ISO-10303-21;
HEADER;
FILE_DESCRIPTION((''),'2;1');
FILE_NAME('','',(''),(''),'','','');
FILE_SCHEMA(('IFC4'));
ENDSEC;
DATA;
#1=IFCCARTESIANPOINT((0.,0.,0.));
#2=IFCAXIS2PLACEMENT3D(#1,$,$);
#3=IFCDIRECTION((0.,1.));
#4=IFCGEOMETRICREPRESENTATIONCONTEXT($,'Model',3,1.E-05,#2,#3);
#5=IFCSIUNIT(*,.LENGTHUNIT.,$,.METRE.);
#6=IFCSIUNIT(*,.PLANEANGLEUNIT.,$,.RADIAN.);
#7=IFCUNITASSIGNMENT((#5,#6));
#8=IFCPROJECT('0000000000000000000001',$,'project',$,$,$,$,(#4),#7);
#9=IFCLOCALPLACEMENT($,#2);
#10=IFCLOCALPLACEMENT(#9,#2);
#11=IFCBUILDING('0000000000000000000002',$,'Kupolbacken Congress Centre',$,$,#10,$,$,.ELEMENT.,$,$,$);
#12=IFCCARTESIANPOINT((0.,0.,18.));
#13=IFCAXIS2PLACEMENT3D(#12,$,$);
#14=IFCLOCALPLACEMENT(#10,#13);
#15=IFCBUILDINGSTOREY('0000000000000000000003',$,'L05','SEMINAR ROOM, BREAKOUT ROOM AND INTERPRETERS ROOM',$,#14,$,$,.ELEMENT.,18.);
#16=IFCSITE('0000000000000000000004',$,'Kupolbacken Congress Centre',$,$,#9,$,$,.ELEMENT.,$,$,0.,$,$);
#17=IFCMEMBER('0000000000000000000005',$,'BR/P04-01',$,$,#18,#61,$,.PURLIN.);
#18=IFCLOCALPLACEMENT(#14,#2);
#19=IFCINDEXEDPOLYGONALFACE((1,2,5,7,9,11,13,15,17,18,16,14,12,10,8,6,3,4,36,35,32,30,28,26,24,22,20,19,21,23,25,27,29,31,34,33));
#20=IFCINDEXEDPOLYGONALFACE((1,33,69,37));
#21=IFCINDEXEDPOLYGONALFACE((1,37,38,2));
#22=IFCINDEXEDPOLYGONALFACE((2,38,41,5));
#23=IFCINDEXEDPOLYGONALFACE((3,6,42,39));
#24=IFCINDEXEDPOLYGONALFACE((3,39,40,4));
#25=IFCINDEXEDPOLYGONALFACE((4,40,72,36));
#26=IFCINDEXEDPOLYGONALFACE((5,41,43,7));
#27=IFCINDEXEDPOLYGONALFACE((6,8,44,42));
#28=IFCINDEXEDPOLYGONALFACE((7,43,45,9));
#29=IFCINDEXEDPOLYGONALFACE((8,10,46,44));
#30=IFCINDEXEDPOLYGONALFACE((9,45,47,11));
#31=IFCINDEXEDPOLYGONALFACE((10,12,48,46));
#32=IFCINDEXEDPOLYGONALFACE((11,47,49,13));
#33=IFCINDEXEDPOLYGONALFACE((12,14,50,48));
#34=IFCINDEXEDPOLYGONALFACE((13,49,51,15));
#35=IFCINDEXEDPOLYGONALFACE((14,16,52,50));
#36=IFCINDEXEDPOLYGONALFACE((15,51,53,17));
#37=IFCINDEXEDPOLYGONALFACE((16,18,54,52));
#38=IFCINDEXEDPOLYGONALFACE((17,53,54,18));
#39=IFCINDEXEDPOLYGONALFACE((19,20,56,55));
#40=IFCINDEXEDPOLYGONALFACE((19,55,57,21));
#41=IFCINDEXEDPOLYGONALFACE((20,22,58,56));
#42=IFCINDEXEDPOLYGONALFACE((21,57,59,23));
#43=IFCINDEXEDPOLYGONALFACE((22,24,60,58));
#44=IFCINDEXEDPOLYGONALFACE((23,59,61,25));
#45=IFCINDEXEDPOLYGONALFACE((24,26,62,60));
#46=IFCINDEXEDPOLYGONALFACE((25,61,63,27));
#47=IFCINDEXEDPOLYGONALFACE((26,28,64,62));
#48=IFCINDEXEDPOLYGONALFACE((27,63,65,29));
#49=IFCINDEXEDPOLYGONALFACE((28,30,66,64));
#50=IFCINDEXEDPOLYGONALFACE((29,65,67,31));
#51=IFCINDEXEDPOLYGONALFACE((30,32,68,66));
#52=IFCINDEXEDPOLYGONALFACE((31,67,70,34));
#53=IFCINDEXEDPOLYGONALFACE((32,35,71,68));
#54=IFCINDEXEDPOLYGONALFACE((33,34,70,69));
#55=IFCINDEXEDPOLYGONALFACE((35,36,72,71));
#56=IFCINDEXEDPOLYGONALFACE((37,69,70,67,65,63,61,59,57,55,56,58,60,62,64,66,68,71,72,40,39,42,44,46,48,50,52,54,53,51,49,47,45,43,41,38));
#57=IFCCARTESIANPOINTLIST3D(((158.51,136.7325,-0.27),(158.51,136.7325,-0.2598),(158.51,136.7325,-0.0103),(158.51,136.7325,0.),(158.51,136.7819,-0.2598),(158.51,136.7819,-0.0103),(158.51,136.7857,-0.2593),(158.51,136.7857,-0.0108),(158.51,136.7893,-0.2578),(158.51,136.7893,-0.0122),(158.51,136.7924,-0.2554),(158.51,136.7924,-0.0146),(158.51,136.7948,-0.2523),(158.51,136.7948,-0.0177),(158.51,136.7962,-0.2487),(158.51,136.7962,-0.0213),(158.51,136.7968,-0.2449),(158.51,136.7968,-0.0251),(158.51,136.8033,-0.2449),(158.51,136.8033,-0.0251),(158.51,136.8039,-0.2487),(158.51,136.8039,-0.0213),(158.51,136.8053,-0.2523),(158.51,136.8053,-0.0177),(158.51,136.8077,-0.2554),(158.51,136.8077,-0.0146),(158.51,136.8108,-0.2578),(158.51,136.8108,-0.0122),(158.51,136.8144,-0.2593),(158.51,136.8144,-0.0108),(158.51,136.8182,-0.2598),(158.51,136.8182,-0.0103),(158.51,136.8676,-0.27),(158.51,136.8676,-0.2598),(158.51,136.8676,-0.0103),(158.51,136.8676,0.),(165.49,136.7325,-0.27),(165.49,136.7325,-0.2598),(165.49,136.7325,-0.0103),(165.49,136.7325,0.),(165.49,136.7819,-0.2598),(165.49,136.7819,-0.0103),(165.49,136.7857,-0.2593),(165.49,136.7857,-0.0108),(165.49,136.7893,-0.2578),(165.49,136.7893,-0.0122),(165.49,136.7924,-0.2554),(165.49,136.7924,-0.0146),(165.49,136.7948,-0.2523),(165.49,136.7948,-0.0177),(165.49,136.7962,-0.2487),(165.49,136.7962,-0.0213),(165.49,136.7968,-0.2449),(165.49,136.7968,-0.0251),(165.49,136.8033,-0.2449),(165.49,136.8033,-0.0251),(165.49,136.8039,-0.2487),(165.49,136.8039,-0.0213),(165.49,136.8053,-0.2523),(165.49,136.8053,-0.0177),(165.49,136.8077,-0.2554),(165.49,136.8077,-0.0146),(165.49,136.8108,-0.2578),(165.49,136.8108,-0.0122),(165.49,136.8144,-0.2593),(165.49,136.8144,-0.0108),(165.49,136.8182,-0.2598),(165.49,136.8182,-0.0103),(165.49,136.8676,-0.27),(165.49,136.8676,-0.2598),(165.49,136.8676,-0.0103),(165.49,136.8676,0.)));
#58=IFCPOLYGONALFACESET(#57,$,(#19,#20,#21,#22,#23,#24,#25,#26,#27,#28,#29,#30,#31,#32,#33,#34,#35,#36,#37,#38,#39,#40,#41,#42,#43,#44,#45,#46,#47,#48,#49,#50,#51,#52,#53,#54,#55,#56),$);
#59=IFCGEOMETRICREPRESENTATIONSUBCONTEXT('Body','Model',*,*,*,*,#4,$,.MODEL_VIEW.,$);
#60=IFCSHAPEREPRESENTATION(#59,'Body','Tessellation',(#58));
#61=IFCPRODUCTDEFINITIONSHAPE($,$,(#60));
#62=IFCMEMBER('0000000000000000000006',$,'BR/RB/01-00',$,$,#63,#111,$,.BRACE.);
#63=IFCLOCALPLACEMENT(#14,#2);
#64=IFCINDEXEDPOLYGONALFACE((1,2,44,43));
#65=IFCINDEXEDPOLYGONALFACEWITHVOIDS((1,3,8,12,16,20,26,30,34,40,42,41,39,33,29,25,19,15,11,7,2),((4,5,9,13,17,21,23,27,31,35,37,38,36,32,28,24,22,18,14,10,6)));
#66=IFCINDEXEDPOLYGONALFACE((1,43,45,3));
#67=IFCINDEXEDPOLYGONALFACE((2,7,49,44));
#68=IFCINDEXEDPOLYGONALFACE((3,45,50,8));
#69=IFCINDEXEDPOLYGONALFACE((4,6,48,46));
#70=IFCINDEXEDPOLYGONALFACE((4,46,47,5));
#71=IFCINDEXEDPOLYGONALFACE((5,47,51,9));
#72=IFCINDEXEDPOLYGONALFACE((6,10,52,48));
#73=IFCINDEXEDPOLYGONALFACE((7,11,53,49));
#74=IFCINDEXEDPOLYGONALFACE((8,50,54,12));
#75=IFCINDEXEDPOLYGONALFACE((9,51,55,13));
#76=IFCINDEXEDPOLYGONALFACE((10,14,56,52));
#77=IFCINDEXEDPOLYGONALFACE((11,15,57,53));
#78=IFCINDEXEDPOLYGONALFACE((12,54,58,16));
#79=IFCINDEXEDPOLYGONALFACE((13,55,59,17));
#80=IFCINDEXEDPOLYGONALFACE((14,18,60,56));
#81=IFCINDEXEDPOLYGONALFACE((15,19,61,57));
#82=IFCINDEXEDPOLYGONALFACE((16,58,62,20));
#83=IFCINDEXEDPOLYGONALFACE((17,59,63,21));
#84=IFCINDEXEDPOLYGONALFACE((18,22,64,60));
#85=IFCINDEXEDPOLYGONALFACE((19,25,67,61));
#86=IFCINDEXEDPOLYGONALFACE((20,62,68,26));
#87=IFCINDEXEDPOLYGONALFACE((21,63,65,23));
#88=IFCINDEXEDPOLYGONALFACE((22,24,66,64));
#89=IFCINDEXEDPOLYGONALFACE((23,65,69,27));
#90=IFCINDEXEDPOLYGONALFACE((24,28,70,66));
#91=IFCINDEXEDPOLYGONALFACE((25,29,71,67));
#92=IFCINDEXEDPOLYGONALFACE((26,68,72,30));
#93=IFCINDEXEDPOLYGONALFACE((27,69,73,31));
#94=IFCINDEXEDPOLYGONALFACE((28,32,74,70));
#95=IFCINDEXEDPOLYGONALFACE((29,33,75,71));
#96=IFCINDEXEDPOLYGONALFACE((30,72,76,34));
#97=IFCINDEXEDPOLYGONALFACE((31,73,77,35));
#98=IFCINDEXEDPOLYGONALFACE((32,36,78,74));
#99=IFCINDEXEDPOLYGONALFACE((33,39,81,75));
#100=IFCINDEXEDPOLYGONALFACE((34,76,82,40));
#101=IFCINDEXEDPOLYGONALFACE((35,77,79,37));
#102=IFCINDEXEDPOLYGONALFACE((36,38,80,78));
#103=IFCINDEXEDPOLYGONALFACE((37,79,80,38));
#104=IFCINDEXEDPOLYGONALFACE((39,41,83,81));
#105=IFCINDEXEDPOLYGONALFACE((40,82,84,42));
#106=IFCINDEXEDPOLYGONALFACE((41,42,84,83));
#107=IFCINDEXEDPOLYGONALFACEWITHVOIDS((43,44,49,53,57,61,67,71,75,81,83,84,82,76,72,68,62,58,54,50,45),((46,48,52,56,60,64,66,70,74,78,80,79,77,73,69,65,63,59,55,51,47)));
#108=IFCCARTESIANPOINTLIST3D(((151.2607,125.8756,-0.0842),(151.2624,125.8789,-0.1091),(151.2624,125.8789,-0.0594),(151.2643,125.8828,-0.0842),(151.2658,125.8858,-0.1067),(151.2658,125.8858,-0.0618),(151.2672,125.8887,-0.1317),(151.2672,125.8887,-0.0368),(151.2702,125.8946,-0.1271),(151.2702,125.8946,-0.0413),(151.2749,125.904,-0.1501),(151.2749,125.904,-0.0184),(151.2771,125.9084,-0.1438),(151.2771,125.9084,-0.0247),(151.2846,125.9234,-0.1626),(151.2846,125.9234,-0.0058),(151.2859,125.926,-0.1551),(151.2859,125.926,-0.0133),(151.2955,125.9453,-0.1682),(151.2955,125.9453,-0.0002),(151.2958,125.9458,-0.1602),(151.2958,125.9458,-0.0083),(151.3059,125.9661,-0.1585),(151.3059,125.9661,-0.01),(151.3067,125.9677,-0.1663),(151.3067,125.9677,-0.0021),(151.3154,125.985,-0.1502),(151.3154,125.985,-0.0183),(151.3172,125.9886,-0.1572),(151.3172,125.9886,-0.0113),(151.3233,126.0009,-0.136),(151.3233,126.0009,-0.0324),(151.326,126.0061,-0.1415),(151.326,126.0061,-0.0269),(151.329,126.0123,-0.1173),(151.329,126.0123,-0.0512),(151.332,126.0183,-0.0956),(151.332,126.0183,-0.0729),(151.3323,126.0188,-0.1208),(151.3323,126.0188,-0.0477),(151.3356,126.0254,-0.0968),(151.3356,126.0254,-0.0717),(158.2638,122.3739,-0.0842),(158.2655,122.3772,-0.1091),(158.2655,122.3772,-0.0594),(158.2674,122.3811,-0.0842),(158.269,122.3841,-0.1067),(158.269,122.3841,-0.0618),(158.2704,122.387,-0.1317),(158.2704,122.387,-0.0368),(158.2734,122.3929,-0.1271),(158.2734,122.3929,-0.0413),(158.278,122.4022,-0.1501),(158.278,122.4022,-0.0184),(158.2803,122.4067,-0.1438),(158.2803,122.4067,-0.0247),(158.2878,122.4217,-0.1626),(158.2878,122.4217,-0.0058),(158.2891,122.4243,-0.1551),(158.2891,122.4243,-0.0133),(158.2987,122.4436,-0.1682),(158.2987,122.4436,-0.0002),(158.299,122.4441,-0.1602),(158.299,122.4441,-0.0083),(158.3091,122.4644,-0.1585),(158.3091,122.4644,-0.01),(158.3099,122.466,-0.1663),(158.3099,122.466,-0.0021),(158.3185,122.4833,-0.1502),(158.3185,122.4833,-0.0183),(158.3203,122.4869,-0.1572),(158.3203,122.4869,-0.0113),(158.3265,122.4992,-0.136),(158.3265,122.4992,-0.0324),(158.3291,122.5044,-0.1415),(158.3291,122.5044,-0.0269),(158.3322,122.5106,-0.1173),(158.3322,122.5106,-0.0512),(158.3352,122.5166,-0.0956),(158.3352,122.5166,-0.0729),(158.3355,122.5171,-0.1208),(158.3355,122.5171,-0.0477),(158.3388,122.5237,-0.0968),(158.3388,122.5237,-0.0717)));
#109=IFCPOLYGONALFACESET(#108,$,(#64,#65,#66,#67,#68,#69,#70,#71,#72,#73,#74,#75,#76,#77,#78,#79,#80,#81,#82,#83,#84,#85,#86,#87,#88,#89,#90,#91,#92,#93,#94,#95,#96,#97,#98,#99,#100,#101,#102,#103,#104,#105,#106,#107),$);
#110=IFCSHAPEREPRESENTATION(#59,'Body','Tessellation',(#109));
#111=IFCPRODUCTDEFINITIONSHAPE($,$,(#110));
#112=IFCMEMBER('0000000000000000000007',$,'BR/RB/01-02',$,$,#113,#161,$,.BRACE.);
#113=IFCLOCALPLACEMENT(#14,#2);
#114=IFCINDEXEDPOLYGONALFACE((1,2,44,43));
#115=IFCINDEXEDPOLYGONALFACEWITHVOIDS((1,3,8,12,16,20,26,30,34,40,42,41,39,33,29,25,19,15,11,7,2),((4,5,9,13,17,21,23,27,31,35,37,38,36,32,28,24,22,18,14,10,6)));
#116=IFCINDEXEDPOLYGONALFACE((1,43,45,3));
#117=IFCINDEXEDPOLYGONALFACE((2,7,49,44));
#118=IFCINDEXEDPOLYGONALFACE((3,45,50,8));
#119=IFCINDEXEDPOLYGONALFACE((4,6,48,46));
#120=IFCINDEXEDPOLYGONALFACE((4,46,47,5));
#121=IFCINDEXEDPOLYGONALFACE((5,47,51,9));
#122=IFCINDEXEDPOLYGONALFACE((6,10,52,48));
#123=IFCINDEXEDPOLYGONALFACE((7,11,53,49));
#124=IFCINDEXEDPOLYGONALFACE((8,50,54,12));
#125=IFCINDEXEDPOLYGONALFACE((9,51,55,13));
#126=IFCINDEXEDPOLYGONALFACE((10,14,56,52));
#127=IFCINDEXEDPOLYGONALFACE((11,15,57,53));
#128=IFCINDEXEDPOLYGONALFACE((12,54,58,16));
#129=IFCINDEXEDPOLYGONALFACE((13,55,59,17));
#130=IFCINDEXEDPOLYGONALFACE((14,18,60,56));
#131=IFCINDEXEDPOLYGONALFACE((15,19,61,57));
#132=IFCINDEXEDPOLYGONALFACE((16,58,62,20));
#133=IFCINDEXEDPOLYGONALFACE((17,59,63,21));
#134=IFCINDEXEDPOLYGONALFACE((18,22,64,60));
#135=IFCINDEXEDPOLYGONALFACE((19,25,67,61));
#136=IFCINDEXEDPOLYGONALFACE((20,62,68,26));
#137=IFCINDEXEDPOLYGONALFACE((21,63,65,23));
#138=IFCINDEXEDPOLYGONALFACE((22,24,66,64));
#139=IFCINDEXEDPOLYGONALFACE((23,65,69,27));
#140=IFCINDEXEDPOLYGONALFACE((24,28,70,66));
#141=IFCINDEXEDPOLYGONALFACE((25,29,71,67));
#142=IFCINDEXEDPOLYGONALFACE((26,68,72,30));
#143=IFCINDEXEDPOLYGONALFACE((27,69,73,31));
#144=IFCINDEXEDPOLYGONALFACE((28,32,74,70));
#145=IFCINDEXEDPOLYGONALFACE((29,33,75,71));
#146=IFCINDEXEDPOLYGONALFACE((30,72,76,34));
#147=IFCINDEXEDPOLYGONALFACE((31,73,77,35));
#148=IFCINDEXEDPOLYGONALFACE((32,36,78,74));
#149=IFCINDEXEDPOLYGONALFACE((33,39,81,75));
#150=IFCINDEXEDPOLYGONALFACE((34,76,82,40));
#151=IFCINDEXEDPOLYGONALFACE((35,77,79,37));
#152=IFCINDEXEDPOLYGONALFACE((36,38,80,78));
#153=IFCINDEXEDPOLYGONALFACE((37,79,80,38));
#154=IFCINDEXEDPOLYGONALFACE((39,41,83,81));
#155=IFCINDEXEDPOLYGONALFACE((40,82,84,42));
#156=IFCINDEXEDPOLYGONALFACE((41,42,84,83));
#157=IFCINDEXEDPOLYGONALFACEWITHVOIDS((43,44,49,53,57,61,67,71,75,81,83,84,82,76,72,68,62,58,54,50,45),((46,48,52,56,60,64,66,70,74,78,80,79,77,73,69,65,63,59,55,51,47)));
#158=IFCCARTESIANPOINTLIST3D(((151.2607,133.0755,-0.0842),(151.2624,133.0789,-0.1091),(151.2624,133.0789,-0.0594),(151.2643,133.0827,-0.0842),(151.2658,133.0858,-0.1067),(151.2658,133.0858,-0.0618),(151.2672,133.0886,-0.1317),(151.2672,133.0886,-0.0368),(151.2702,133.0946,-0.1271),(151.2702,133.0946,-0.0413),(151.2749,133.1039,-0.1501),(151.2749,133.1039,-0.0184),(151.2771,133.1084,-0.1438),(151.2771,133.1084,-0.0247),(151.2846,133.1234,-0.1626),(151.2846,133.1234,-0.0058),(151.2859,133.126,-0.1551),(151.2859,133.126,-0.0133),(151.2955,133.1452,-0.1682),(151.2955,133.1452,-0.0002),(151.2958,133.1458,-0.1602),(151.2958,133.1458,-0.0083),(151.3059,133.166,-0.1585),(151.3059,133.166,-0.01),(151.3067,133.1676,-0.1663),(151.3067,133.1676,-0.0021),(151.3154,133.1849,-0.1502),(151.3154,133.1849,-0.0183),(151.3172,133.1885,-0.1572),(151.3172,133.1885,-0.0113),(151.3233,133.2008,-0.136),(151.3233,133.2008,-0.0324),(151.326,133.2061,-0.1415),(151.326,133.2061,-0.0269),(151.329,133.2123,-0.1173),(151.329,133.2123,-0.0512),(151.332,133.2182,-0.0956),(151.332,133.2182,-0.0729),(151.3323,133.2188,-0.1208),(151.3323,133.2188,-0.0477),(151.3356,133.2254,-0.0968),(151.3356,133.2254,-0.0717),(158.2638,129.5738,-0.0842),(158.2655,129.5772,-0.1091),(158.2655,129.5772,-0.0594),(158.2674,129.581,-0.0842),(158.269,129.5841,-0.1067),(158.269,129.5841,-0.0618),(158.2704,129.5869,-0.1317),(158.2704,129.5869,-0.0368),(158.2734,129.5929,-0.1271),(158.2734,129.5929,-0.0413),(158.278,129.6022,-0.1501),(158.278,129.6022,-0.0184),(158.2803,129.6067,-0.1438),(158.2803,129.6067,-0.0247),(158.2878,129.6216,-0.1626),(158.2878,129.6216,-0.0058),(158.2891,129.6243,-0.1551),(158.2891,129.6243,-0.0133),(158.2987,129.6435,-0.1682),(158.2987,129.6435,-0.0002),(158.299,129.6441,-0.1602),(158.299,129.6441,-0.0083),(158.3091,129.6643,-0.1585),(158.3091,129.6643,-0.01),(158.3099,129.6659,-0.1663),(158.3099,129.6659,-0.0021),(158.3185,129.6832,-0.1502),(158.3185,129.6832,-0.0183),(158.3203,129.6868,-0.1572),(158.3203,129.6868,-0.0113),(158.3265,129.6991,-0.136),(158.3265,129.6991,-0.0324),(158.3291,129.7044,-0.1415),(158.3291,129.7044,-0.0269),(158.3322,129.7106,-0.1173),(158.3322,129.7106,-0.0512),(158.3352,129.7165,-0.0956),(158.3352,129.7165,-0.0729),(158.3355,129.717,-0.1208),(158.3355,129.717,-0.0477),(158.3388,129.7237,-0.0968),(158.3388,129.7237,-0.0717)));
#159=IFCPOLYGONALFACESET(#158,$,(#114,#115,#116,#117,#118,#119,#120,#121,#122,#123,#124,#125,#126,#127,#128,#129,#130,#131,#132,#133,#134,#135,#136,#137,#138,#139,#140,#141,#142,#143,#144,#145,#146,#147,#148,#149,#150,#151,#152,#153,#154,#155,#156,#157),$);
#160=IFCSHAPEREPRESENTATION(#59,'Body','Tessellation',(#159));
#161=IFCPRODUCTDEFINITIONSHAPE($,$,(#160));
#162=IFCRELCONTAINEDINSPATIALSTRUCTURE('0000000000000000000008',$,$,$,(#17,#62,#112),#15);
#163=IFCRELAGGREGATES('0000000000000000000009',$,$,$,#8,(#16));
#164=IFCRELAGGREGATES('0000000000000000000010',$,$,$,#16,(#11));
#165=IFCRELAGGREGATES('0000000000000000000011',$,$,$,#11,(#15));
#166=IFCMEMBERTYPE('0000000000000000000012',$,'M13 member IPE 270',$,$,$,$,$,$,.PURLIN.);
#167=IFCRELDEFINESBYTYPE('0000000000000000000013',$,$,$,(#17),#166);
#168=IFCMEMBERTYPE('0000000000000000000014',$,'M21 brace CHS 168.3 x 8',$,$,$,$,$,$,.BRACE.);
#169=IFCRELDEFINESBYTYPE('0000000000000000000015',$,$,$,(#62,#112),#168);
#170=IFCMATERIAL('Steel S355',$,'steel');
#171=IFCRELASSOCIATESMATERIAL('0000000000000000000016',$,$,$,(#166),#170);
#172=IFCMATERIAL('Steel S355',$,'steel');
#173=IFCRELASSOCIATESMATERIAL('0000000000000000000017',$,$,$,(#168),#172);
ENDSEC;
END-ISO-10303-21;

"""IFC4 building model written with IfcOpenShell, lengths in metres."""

from ifc_helpers import new_model, si_unit, direction, frame, origin, origin_2d, place, context, subcontext, project, spatial, hollow_circle, i_section, extrude, material, material_profile, profile_set, type_object, element, save


model = new_model("IFC4")

# Units and contexts
model_context = context("Model", 3, precision=1e-05, world=origin(), true_north=direction((0.0, 1.0)))
body_context = subcontext(model_context, "Body", "Model", "MODEL_VIEW")
ifc_project = project(units=[si_unit("LENGTHUNIT", "METRE"), si_unit("PLANEANGLEUNIT", "RADIAN")], contexts=[model_context])

# Site, building, storey
site_placement = place(None, origin())
site = spatial("IfcSite", under=ifc_project, at=site_placement, Name="Kupolbacken Congress Centre", CompositionType="ELEMENT", RefElevation=0.0)
building_placement = place(site_placement, origin())
building = spatial("IfcBuilding", under=site, at=building_placement, Name="Kupolbacken Congress Centre", CompositionType="ELEMENT")
storey_placement = place(building_placement, frame((0.0, 0.0, 18.0)))
storey = spatial("IfcBuildingStorey", under=building, at=storey_placement, Name="L05", Description="SEMINAR ROOM, BREAKOUT ROOM AND INTERPRETERS ROOM", CompositionType="ELEMENT", Elevation=18.0)

# Members
ifc_material_1 = material(Name="Steel S355", Category="steel")
ifc_material_profile_1 = material_profile(ifc_material_1, i_section(OverallWidth=0.135, OverallDepth=0.27, WebThickness=0.0066, FlangeThickness=0.0103, FilletRadius=0.0149, at=origin_2d()), Name="IPE 270")
ifc_profile_set_1 = profile_set([ifc_material_profile_1], Name="Steel S355")
member_type_1 = type_object("IfcMemberType", Name="M13 member IPE 270", PredefinedType="PURLIN", material=ifc_profile_set_1)
for number, where, z_axis, x_axis, name in (
    (1, (158.51, 136.8, -0.135), (1.0, 0.0, 0.0), (0.0, 1.0, 0.0), "BR/P04-01"),
):
    element("IfcMember", number, at=place(storey_placement, frame(where, z_axis=z_axis, x_axis=x_axis)), inside=storey, type_object=member_type_1, Name=name, PredefinedType="PURLIN", context=body_context, shape_type="SweptSolid", body=[
        extrude(i_section(OverallWidth=0.135, OverallDepth=0.27, WebThickness=0.0066, FlangeThickness=0.0103, FilletRadius=0.0149, at=origin_2d()), origin(), (0.0, 0.0, 1.0), 6.98),
    ])
ifc_material_2 = material(Name="Steel S355", Category="steel")
ifc_material_profile_2 = material_profile(ifc_material_2, hollow_circle(Radius=0.0842, WallThickness=0.0081, at=origin_2d()), Name="CHS 168.3 x 8")
ifc_profile_set_2 = profile_set([ifc_material_profile_2], Name="Steel S355")
member_type_2 = type_object("IfcMemberType", Name="M21 brace CHS 168.3 x 8", PredefinedType="BRACE", material=ifc_profile_set_2)
for number, where, z_axis, x_axis, name in (
    (2, (158.3015, 122.4492, -0.0842), (-0.894421, 0.447226, 0.0), (-0.447226, -0.894421, 0.0), "BR/RB/01-00"),
    (3, (158.3015, 129.6492, -0.0842), (-0.894421, 0.447226, 0.0), (-0.447226, -0.894421, 0.0), "BR/RB/01-02"),
):
    element("IfcMember", number, at=place(storey_placement, frame(where, z_axis=z_axis, x_axis=x_axis)), inside=storey, type_object=member_type_2, Name=name, PredefinedType="BRACE", context=body_context, shape_type="SweptSolid", body=[
        extrude(hollow_circle(Radius=0.0842, WallThickness=0.0081, at=origin_2d()), origin(), (0.0, 0.0, 1.0), 7.8298),
    ])

save(model, "model.ifc")
